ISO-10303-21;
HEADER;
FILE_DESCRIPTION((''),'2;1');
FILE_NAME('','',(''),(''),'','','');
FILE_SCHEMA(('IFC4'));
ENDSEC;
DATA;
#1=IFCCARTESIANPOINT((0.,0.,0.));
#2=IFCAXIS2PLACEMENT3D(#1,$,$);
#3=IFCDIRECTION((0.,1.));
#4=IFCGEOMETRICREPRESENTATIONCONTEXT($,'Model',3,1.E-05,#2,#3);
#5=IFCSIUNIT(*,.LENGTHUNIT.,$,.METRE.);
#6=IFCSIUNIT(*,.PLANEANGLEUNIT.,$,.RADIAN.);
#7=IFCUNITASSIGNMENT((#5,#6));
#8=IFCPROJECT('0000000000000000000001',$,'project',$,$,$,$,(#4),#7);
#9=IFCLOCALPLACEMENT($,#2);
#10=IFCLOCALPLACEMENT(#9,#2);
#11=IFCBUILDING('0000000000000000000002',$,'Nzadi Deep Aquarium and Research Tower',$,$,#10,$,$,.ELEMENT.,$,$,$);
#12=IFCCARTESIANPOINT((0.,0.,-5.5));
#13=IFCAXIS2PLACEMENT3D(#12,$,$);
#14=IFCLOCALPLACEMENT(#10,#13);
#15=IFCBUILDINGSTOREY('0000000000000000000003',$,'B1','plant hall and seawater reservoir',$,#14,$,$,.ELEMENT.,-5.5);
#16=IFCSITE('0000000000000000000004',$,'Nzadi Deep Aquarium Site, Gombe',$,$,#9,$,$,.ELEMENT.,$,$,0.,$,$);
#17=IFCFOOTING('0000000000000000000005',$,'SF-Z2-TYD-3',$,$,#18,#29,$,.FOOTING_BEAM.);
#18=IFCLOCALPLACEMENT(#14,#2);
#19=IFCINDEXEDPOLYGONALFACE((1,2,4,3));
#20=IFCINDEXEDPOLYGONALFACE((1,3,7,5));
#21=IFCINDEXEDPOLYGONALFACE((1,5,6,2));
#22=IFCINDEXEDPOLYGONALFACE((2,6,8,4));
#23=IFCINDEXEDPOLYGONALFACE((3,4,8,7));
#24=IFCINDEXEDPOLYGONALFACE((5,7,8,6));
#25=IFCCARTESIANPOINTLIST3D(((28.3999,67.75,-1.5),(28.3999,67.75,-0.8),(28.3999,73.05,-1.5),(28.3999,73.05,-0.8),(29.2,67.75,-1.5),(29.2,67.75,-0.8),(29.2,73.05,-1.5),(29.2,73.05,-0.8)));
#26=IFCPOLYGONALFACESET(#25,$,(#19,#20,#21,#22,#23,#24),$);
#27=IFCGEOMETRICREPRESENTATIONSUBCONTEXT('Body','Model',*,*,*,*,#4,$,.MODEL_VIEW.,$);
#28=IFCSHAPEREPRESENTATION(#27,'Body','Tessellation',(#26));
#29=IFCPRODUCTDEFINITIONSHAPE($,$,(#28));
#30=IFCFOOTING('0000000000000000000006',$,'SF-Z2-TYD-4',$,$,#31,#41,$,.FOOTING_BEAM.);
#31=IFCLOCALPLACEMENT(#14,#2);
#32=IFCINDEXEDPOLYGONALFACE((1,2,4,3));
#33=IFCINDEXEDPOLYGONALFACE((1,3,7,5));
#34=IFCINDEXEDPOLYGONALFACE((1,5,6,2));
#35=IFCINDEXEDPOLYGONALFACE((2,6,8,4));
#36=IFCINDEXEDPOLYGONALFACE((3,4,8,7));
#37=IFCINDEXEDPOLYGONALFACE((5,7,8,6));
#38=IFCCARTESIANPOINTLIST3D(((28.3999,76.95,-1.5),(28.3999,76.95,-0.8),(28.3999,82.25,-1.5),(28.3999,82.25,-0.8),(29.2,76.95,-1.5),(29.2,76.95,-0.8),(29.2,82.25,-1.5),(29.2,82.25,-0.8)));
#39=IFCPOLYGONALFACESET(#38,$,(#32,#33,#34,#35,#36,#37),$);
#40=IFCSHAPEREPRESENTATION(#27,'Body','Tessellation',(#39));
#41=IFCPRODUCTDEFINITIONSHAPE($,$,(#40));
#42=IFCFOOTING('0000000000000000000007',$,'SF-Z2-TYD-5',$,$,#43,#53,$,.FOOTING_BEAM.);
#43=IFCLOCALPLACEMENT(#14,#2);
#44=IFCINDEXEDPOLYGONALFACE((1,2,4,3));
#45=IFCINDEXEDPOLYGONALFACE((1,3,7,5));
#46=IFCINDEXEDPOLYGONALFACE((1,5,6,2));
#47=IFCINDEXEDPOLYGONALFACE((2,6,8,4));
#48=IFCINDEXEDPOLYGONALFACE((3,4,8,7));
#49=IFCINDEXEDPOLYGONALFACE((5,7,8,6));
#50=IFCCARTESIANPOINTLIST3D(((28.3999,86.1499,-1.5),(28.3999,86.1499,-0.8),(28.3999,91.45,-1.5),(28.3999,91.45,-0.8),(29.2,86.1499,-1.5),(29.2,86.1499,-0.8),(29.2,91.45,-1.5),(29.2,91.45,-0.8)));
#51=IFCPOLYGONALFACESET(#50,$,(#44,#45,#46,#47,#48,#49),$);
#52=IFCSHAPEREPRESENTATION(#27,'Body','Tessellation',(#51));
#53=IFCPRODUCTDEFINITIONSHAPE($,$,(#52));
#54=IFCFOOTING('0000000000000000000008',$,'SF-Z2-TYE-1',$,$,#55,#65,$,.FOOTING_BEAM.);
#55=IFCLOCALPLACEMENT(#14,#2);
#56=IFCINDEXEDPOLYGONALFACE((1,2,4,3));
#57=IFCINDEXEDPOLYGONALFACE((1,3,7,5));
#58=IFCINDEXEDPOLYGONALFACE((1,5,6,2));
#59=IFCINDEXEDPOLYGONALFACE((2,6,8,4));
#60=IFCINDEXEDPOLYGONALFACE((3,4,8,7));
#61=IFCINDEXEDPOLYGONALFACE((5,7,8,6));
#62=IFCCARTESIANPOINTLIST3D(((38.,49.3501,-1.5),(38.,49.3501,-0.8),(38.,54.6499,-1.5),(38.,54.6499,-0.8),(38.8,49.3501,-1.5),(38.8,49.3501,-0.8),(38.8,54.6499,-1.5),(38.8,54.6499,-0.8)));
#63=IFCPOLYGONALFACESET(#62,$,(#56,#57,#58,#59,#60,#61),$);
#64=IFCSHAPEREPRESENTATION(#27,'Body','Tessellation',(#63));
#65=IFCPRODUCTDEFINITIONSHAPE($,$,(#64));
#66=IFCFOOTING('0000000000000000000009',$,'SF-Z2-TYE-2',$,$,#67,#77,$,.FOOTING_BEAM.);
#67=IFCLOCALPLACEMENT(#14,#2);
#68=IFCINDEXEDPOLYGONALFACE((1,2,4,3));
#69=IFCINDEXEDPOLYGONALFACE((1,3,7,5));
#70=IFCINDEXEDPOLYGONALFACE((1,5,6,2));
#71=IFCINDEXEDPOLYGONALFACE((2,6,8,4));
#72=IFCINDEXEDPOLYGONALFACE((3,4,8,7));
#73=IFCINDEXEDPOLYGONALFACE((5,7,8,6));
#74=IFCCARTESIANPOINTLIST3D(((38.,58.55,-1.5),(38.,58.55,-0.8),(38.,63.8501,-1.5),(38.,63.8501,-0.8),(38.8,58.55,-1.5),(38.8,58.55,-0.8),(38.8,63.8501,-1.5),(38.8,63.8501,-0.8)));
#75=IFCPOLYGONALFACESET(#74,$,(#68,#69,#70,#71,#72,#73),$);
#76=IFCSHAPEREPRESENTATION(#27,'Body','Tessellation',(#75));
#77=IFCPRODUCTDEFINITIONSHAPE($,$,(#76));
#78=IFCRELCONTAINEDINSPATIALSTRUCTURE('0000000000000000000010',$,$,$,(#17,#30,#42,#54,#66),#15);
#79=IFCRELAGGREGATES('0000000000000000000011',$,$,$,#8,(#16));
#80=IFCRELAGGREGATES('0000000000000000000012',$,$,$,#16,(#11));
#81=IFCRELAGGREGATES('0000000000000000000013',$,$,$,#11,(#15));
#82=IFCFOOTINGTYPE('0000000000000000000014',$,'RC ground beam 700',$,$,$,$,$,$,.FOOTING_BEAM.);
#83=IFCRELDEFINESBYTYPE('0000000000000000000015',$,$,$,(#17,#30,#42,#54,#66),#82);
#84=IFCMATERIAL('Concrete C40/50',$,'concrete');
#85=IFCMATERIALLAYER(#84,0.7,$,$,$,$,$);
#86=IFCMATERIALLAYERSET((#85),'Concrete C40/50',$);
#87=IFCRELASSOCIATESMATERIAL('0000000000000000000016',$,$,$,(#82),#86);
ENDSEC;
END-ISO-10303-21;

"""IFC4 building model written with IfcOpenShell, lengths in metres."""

from ifc_helpers import new_model, si_unit, direction, frame, origin, place, context, subcontext, project, spatial, polyline, outline, extrude, material, layer, layer_set, type_object, element, save


model = new_model("IFC4")

# Units and contexts
model_context = context("Model", 3, precision=1e-05, world=origin(), true_north=direction((0.0, 1.0)))
body_context = subcontext(model_context, "Body", "Model", "MODEL_VIEW")
ifc_project = project(units=[si_unit("LENGTHUNIT", "METRE"), si_unit("PLANEANGLEUNIT", "RADIAN")], contexts=[model_context])

# Site, building, storey
site_placement = place(None, origin())
site = spatial("IfcSite", under=ifc_project, at=site_placement, Name="Nzadi Deep Aquarium Site, Gombe", CompositionType="ELEMENT", RefElevation=0.0)
building_placement = place(site_placement, origin())
building = spatial("IfcBuilding", under=site, at=building_placement, Name="Nzadi Deep Aquarium and Research Tower", CompositionType="ELEMENT")
storey_placement = place(building_placement, frame((0.0, 0.0, -5.5)))
storey = spatial("IfcBuildingStorey", under=building, at=storey_placement, Name="B1", Description="plant hall and seawater reservoir", CompositionType="ELEMENT", Elevation=-5.5)

# Footings
ifc_material = material(Name="Concrete C40/50", Category="concrete")
ifc_layer = layer(ifc_material, 0.7)
ifc_layer_set = layer_set([ifc_layer], Name="Concrete C40/50")
footing_type = type_object("IfcFootingType", Name="RC ground beam 700", PredefinedType="FOOTING_BEAM", material=ifc_layer_set)
footing_1_placement = place(storey_placement, frame((0.0, 0.0, -1.5)))
element("IfcFooting", 1, at=footing_1_placement, inside=storey, type_object=footing_type, Name="SF-Z2-TYD-3", PredefinedType="FOOTING_BEAM", context=body_context, shape_type="SweptSolid", body=[
    extrude(outline(polyline([(29.2, 67.75), (29.2, 73.05), (28.3999, 73.05), (28.3999, 67.75), (29.2, 67.75)])), origin(), (0.0, 0.0, 1.0), 0.7),
])
footing_2_placement = place(storey_placement, frame((0.0, 0.0, -1.5)))
element("IfcFooting", 2, at=footing_2_placement, inside=storey, type_object=footing_type, Name="SF-Z2-TYD-4", PredefinedType="FOOTING_BEAM", context=body_context, shape_type="SweptSolid", body=[
    extrude(outline(polyline([(29.2, 76.95), (29.2, 82.25), (28.3999, 82.25), (28.3999, 76.95), (29.2, 76.95)])), origin(), (0.0, 0.0, 1.0), 0.7),
])
footing_3_placement = place(storey_placement, frame((0.0, 0.0, -1.5)))
element("IfcFooting", 3, at=footing_3_placement, inside=storey, type_object=footing_type, Name="SF-Z2-TYD-5", PredefinedType="FOOTING_BEAM", context=body_context, shape_type="SweptSolid", body=[
    extrude(outline(polyline([(29.2, 86.1499), (29.2, 91.45), (28.3999, 91.45), (28.3999, 86.1499), (29.2, 86.1499)])), origin(), (0.0, 0.0, 1.0), 0.7),
])
footing_4_placement = place(storey_placement, frame((0.0, 0.0, -1.5)))
element("IfcFooting", 4, at=footing_4_placement, inside=storey, type_object=footing_type, Name="SF-Z2-TYE-1", PredefinedType="FOOTING_BEAM", context=body_context, shape_type="SweptSolid", body=[
    extrude(outline(polyline([(38.8, 49.3501), (38.8, 54.6499), (38.0, 54.6499), (38.0, 49.3501), (38.8, 49.3501)])), origin(), (0.0, 0.0, 1.0), 0.7),
])
footing_5_placement = place(storey_placement, frame((0.0, 0.0, -1.5)))
element("IfcFooting", 5, at=footing_5_placement, inside=storey, type_object=footing_type, Name="SF-Z2-TYE-2", PredefinedType="FOOTING_BEAM", context=body_context, shape_type="SweptSolid", body=[
    extrude(outline(polyline([(38.8, 58.55), (38.8, 63.8501), (38.0, 63.8501), (38.0, 58.55), (38.8, 58.55)])), origin(), (0.0, 0.0, 1.0), 0.7),
])

save(model, "model.ifc")
